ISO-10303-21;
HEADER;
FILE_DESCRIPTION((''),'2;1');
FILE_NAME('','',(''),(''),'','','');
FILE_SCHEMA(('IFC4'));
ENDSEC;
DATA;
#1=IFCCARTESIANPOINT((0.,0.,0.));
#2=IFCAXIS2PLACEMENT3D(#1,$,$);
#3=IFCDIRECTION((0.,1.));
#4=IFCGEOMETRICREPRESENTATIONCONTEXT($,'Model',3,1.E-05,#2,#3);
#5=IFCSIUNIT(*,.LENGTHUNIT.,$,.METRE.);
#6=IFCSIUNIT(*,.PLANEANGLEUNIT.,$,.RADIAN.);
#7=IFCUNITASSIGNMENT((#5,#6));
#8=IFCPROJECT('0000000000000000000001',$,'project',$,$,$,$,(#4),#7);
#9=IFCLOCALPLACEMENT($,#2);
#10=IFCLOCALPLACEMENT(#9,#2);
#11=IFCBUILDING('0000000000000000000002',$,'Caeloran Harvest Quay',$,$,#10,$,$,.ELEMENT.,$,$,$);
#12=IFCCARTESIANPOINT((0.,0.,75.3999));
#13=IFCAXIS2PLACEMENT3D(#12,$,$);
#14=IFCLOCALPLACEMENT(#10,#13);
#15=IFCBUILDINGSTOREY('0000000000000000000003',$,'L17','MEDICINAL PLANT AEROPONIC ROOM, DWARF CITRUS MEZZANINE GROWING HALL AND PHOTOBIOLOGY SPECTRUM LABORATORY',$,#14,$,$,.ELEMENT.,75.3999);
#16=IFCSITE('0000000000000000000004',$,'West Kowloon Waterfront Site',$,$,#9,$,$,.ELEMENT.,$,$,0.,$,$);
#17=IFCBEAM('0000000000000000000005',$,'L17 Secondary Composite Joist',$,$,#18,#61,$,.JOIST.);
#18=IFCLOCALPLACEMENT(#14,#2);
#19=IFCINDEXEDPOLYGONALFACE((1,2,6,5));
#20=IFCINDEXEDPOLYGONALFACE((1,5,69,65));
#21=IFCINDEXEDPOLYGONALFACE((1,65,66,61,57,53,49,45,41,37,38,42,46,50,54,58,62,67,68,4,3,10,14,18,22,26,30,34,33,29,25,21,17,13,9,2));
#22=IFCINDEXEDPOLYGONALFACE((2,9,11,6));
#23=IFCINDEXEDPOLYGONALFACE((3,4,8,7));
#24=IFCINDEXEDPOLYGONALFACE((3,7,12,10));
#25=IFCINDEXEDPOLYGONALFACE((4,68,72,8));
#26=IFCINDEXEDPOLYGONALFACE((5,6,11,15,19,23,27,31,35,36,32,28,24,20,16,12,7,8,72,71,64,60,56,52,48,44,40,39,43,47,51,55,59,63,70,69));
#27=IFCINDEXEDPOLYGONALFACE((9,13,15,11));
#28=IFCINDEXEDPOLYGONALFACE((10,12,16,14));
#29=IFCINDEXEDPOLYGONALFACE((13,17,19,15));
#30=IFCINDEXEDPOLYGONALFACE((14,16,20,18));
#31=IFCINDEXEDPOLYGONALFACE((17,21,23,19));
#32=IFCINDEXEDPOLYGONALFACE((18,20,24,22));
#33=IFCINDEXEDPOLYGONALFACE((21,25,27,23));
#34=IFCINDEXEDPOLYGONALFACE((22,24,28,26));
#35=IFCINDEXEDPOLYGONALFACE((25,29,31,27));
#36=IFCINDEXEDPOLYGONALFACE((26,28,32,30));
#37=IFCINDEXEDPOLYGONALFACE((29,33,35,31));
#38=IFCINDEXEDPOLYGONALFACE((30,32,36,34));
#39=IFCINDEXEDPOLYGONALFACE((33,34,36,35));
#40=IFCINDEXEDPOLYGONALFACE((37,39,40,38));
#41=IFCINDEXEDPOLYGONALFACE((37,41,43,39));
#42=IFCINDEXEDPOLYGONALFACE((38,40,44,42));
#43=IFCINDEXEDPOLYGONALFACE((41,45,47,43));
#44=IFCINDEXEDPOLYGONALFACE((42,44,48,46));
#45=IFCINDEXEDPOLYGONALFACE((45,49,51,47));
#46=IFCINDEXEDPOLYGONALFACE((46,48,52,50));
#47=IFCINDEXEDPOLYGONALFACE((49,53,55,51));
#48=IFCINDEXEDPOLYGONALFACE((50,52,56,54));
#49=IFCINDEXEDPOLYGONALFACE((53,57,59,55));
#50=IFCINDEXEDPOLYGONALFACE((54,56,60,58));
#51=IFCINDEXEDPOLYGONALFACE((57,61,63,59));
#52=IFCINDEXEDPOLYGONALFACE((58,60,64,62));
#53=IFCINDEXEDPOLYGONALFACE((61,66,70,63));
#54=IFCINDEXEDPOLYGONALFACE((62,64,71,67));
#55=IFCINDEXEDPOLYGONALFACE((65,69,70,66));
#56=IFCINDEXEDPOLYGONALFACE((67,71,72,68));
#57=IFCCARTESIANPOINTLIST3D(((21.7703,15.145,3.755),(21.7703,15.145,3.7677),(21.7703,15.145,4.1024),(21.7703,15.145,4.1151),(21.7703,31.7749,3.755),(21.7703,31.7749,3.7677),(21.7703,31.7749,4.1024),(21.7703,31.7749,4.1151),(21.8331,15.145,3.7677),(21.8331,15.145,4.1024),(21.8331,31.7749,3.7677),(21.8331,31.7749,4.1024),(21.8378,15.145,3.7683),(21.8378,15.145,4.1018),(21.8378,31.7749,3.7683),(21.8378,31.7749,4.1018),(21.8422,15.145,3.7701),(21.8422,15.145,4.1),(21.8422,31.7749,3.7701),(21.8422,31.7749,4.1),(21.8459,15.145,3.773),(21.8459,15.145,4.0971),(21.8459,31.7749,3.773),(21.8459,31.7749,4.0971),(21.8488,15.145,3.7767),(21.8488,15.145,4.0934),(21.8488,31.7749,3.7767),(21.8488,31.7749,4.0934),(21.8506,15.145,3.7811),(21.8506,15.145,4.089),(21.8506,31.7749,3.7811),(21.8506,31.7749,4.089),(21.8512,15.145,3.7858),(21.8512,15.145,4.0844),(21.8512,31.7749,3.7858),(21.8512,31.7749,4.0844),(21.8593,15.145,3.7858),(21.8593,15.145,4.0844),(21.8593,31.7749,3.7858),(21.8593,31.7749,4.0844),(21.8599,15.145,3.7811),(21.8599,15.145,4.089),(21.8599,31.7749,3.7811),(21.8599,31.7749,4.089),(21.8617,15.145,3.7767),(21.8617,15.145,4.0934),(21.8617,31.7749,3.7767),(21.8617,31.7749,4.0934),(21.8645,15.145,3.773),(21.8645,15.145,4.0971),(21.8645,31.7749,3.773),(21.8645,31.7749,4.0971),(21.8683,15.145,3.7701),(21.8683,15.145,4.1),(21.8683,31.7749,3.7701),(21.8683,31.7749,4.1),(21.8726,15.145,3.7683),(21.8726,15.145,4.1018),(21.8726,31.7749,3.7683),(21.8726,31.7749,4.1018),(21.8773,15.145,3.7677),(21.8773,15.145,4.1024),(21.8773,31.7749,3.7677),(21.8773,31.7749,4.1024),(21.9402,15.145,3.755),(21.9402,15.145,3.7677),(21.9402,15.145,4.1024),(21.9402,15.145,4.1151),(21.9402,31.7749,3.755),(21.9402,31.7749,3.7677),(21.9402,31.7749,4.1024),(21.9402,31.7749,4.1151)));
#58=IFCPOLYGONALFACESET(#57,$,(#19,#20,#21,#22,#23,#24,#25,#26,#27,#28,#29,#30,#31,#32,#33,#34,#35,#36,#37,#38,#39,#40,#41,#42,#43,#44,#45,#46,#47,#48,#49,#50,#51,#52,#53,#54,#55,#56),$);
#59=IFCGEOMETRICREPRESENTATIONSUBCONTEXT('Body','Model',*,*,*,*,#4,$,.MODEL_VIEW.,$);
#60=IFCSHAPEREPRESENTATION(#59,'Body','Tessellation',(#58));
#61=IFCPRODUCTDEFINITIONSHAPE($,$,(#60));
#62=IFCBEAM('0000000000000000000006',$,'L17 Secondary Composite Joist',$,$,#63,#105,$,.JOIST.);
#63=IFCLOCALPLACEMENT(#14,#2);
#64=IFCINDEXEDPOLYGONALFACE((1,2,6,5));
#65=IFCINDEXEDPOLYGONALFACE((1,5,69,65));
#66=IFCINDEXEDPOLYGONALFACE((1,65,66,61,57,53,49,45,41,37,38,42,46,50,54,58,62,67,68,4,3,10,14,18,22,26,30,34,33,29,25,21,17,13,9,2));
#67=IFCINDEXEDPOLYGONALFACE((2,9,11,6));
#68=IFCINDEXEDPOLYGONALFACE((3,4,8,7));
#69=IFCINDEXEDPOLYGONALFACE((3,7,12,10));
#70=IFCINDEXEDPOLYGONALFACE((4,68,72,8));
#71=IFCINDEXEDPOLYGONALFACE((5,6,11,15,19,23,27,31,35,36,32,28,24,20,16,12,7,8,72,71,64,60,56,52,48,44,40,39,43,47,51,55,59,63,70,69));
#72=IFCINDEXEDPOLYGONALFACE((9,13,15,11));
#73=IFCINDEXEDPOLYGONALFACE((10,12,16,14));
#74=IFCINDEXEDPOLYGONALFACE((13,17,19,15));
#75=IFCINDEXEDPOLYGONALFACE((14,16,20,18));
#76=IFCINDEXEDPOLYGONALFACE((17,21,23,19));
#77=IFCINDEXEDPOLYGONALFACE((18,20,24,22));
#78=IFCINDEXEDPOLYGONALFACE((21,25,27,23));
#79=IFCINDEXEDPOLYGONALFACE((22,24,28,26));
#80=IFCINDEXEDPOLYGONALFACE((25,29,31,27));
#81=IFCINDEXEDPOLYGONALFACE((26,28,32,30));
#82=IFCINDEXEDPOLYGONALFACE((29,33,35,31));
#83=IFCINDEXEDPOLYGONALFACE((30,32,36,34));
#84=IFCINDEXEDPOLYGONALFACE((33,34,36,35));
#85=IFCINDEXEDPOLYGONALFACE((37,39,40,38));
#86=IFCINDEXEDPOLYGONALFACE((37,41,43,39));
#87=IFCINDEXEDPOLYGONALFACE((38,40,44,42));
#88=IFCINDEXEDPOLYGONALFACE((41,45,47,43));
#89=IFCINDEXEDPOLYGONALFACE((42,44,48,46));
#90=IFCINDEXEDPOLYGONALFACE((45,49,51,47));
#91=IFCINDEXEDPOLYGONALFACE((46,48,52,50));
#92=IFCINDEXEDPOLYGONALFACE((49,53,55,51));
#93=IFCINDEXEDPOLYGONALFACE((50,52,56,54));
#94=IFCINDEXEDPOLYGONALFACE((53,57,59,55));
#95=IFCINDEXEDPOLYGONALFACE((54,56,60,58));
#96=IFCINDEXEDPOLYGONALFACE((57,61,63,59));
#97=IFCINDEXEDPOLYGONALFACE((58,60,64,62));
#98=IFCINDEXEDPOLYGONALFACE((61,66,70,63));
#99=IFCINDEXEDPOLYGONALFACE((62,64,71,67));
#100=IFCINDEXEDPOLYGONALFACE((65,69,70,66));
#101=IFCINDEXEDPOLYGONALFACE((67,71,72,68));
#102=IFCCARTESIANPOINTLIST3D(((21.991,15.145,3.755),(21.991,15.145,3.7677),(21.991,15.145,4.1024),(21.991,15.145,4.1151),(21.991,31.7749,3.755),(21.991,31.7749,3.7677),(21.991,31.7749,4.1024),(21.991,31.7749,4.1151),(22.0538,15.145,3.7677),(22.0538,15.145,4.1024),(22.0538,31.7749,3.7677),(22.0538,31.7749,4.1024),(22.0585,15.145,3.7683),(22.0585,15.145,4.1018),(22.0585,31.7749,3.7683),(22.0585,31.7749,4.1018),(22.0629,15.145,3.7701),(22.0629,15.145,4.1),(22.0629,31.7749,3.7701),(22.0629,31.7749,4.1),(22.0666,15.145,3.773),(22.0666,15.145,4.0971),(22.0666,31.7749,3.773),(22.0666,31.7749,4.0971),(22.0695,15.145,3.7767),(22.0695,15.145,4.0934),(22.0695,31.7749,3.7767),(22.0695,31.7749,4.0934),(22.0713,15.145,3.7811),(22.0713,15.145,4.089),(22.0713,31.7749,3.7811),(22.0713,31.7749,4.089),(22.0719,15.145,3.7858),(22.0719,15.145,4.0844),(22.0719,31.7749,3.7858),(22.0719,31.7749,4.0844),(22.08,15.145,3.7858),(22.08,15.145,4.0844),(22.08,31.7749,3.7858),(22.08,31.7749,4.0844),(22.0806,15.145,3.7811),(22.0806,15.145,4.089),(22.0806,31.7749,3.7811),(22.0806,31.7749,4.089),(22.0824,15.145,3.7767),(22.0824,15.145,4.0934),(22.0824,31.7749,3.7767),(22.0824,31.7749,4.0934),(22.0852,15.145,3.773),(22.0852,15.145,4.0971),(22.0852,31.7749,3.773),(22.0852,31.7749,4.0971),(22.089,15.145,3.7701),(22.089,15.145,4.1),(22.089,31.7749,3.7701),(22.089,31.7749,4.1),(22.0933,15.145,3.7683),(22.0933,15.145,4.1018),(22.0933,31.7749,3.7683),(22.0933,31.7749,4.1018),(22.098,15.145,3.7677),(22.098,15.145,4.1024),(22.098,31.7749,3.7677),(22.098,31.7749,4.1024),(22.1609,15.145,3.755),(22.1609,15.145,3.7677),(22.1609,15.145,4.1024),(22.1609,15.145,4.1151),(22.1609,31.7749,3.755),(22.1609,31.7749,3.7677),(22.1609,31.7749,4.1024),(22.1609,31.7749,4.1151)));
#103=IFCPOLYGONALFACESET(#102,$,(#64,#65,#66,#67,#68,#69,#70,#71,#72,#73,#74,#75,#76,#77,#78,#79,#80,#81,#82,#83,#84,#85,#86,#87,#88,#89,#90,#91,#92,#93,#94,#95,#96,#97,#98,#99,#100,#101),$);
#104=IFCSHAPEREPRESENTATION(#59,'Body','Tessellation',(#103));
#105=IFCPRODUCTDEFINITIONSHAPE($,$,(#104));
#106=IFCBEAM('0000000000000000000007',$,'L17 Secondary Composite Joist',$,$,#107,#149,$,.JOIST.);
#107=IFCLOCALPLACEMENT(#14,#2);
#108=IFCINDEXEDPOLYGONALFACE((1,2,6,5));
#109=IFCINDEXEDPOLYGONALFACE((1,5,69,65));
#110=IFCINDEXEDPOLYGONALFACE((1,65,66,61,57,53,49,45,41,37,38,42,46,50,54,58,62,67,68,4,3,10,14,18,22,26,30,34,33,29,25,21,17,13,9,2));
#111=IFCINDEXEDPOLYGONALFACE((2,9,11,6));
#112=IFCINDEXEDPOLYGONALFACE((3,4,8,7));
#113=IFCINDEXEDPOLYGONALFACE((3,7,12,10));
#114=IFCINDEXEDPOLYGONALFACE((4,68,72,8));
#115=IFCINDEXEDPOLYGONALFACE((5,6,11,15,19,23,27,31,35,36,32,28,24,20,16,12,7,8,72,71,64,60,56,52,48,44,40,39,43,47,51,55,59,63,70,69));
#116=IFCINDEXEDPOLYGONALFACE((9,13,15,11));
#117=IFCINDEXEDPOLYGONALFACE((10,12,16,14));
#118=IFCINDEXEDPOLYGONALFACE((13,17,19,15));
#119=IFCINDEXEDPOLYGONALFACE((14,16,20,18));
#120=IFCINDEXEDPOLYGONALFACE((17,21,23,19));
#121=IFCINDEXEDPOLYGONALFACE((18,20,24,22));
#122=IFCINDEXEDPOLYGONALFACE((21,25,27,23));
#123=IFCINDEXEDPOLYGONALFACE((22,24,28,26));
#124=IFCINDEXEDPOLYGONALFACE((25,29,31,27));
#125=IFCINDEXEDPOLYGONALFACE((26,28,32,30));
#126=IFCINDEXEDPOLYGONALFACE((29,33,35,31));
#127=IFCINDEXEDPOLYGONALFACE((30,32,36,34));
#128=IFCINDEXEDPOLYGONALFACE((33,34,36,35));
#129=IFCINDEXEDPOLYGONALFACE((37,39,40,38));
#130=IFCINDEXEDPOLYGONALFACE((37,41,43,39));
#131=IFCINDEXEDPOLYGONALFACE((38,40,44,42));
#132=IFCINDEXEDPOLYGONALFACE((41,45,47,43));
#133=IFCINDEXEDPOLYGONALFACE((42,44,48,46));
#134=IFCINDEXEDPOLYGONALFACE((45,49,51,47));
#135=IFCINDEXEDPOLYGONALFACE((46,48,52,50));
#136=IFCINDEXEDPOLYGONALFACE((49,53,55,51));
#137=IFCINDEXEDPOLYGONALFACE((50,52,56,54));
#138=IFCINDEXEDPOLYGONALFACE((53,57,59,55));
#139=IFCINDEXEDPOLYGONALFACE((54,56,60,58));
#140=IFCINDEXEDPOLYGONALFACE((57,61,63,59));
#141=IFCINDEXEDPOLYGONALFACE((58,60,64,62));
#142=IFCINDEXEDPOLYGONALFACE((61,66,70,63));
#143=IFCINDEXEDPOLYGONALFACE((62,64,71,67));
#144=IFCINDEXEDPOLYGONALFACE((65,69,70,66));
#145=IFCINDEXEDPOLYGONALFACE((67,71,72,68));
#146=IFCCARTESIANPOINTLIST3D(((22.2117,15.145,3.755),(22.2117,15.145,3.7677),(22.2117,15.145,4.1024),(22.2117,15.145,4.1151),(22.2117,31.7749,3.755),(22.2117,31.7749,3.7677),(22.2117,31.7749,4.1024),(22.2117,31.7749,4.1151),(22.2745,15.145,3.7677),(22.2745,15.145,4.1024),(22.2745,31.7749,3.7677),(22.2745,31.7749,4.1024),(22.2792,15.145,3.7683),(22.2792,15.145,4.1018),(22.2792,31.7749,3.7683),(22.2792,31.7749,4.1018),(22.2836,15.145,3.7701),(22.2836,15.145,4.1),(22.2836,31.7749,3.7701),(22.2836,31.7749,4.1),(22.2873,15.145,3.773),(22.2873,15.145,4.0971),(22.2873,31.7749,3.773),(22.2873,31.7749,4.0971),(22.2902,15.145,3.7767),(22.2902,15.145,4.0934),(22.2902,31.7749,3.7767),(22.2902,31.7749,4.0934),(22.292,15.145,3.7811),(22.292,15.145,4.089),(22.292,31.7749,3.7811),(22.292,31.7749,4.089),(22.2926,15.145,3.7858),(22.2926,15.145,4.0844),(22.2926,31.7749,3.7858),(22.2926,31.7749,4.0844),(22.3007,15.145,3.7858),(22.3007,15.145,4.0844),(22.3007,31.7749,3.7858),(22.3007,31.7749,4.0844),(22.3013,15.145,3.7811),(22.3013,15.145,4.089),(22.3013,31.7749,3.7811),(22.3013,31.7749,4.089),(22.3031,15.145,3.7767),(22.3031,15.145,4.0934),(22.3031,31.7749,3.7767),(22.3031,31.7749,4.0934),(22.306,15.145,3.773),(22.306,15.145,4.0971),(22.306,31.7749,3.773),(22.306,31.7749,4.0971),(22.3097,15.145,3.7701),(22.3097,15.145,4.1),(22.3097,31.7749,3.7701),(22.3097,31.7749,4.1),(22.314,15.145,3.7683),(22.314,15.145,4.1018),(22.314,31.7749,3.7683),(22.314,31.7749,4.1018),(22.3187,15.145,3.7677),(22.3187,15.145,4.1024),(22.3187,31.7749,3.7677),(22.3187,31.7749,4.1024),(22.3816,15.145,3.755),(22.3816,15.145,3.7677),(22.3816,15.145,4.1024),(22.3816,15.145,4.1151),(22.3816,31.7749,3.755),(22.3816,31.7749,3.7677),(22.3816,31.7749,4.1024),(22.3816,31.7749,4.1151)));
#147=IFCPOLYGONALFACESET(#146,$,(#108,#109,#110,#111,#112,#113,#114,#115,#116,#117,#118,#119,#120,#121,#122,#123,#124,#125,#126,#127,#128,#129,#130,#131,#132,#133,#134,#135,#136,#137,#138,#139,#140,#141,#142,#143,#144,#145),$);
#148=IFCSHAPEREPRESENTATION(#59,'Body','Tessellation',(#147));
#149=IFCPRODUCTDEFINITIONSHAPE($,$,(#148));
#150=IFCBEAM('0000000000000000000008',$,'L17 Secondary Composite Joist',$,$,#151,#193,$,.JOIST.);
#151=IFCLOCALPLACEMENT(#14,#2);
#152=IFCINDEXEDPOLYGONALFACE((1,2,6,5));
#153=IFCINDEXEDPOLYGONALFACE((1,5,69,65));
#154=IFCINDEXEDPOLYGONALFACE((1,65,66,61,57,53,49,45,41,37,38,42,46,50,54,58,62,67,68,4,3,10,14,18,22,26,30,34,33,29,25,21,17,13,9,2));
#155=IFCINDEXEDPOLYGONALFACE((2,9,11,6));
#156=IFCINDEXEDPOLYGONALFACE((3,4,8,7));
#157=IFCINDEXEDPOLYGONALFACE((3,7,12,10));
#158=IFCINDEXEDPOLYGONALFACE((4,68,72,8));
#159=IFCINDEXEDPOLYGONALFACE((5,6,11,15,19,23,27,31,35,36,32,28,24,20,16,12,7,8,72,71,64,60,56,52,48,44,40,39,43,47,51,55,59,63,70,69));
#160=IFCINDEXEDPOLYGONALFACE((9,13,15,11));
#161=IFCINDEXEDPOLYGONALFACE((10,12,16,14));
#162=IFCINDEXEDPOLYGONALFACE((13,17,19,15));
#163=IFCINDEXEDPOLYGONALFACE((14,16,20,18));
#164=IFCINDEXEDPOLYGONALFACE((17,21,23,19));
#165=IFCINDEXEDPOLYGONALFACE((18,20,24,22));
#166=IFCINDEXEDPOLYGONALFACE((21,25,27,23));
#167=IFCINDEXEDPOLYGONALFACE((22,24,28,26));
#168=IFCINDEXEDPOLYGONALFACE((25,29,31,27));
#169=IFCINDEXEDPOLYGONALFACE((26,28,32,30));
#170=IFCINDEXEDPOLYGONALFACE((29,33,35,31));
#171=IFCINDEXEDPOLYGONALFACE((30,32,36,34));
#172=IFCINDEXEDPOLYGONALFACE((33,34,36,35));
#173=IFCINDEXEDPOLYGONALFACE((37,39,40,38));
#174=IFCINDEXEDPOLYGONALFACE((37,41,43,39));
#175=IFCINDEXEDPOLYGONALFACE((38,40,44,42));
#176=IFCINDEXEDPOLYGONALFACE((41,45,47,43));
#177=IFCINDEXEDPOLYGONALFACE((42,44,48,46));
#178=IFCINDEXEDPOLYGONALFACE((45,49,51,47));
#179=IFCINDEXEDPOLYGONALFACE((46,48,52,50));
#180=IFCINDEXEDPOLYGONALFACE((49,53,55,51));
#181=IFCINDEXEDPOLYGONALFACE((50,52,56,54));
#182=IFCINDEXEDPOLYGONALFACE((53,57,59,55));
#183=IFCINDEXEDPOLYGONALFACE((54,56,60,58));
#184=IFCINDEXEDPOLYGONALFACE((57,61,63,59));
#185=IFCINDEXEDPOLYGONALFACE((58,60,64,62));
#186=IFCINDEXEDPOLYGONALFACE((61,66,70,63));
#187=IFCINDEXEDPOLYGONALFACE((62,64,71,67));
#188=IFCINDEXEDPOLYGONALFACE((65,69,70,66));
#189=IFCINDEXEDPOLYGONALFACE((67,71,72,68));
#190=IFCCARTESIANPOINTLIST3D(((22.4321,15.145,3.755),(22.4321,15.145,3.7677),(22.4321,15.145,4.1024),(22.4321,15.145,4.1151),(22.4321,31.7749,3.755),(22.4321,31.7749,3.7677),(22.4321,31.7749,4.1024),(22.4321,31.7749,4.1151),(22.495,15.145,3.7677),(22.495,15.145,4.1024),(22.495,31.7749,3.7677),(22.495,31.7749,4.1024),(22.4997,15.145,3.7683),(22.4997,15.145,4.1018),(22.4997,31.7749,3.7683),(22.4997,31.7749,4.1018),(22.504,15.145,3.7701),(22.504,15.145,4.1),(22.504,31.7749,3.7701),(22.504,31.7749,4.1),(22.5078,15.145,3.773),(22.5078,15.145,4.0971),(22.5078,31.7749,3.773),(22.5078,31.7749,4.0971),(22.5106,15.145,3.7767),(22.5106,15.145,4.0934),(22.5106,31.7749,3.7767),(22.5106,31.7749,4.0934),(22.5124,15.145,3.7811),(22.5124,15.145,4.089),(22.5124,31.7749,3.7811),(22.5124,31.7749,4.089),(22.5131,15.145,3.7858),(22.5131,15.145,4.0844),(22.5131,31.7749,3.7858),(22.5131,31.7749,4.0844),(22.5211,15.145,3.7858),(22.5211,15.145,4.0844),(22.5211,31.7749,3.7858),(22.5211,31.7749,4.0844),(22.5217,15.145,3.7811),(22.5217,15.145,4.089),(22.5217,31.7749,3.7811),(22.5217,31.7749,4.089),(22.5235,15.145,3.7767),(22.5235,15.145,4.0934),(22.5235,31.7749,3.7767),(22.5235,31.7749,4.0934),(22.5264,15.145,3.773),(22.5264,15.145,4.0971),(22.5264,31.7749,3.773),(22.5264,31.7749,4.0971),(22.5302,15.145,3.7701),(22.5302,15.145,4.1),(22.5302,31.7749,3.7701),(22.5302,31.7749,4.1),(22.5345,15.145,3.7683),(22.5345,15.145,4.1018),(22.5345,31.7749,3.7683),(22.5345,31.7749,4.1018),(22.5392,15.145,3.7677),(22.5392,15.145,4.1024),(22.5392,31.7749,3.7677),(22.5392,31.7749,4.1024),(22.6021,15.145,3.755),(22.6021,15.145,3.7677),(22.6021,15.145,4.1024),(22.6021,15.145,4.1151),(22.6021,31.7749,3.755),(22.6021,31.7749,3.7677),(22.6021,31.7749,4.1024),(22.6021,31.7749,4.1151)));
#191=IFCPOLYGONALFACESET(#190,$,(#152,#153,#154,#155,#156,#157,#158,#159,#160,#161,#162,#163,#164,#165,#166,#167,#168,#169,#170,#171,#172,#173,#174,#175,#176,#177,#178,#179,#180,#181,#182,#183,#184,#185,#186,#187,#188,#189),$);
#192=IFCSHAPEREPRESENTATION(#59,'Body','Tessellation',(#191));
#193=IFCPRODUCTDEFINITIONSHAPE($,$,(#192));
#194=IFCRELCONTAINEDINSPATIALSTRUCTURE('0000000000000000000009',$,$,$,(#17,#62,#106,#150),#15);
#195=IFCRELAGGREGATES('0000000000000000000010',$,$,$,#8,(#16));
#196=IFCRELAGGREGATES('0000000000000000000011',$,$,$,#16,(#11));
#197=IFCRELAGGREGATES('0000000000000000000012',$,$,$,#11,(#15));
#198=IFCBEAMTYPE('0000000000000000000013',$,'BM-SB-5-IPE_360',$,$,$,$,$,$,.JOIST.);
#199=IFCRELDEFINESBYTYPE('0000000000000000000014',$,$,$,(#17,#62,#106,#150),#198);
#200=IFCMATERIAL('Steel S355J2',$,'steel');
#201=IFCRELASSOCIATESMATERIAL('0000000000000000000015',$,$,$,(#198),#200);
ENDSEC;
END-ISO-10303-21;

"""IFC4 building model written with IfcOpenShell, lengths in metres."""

from ifc_helpers import new_model, si_unit, direction, frame, origin, origin_2d, place, context, subcontext, project, spatial, i_section, extrude, material, material_profile, profile_set, type_object, element, save


model = new_model("IFC4")

# Units and contexts
model_context = context("Model", 3, precision=1e-05, world=origin(), true_north=direction((0.0, 1.0)))
body_context = subcontext(model_context, "Body", "Model", "MODEL_VIEW")
ifc_project = project(units=[si_unit("LENGTHUNIT", "METRE"), si_unit("PLANEANGLEUNIT", "RADIAN")], contexts=[model_context])

# Site, building, storey
site_placement = place(None, origin())
site = spatial("IfcSite", under=ifc_project, at=site_placement, Name="West Kowloon Waterfront Site", CompositionType="ELEMENT", RefElevation=0.0)
building_placement = place(site_placement, origin())
building = spatial("IfcBuilding", under=site, at=building_placement, Name="Caeloran Harvest Quay", CompositionType="ELEMENT")
storey_placement = place(building_placement, frame((0.0, 0.0, 75.3999)))
storey = spatial("IfcBuildingStorey", under=building, at=storey_placement, Name="L17", Description="MEDICINAL PLANT AEROPONIC ROOM, DWARF CITRUS MEZZANINE GROWING HALL AND PHOTOBIOLOGY SPECTRUM LABORATORY", CompositionType="ELEMENT", Elevation=75.3999)

# Beams
ifc_material_1 = material(Name="Steel S355J2", Category="steel")
ifc_material_profile_1 = material_profile(ifc_material_1, i_section(OverallWidth=0.1699, OverallDepth=0.3601, WebThickness=0.0081, FlangeThickness=0.0127, FilletRadius=0.0181, at=origin_2d()), Name="IPE 360")
ifc_profile_set_1 = profile_set([ifc_material_profile_1], Name="Steel S355J2")
beam_type_1 = type_object("IfcBeamType", Name="BM-SB-5-IPE_360", PredefinedType="JOIST", material=ifc_profile_set_1)
for number, where, z_axis, x_axis, name in (
    (1, (21.8552, 15.145, 3.9351), (0.0, 1.0, 0.0), (-1.0, 0.0, 0.0), "L17 Secondary Composite Joist"),
    (2, (22.0759, 15.145, 3.9351), (0.0, 1.0, 0.0), (-1.0, 0.0, 0.0), "L17 Secondary Composite Joist"),
    (3, (22.2966, 15.145, 3.9351), (0.0, 1.0, 0.0), (-1.0, 0.0, 0.0), "L17 Secondary Composite Joist"),
    (4, (22.5171, 15.145, 3.9351), (0.0, 1.0, 0.0), (-1.0, 0.0, 0.0), "L17 Secondary Composite Joist"),
):
    element("IfcBeam", number, at=place(storey_placement, frame(where, z_axis=z_axis, x_axis=x_axis)), inside=storey, type_object=beam_type_1, Name=name, PredefinedType="JOIST", context=body_context, shape_type="SweptSolid", body=[
        extrude(i_section(OverallWidth=0.1699, OverallDepth=0.3601, WebThickness=0.0081, FlangeThickness=0.0127, FilletRadius=0.0181, at=origin_2d()), origin(), (0.0, 0.0, 1.0), 16.6299),
    ])

save(model, "model.ifc")
